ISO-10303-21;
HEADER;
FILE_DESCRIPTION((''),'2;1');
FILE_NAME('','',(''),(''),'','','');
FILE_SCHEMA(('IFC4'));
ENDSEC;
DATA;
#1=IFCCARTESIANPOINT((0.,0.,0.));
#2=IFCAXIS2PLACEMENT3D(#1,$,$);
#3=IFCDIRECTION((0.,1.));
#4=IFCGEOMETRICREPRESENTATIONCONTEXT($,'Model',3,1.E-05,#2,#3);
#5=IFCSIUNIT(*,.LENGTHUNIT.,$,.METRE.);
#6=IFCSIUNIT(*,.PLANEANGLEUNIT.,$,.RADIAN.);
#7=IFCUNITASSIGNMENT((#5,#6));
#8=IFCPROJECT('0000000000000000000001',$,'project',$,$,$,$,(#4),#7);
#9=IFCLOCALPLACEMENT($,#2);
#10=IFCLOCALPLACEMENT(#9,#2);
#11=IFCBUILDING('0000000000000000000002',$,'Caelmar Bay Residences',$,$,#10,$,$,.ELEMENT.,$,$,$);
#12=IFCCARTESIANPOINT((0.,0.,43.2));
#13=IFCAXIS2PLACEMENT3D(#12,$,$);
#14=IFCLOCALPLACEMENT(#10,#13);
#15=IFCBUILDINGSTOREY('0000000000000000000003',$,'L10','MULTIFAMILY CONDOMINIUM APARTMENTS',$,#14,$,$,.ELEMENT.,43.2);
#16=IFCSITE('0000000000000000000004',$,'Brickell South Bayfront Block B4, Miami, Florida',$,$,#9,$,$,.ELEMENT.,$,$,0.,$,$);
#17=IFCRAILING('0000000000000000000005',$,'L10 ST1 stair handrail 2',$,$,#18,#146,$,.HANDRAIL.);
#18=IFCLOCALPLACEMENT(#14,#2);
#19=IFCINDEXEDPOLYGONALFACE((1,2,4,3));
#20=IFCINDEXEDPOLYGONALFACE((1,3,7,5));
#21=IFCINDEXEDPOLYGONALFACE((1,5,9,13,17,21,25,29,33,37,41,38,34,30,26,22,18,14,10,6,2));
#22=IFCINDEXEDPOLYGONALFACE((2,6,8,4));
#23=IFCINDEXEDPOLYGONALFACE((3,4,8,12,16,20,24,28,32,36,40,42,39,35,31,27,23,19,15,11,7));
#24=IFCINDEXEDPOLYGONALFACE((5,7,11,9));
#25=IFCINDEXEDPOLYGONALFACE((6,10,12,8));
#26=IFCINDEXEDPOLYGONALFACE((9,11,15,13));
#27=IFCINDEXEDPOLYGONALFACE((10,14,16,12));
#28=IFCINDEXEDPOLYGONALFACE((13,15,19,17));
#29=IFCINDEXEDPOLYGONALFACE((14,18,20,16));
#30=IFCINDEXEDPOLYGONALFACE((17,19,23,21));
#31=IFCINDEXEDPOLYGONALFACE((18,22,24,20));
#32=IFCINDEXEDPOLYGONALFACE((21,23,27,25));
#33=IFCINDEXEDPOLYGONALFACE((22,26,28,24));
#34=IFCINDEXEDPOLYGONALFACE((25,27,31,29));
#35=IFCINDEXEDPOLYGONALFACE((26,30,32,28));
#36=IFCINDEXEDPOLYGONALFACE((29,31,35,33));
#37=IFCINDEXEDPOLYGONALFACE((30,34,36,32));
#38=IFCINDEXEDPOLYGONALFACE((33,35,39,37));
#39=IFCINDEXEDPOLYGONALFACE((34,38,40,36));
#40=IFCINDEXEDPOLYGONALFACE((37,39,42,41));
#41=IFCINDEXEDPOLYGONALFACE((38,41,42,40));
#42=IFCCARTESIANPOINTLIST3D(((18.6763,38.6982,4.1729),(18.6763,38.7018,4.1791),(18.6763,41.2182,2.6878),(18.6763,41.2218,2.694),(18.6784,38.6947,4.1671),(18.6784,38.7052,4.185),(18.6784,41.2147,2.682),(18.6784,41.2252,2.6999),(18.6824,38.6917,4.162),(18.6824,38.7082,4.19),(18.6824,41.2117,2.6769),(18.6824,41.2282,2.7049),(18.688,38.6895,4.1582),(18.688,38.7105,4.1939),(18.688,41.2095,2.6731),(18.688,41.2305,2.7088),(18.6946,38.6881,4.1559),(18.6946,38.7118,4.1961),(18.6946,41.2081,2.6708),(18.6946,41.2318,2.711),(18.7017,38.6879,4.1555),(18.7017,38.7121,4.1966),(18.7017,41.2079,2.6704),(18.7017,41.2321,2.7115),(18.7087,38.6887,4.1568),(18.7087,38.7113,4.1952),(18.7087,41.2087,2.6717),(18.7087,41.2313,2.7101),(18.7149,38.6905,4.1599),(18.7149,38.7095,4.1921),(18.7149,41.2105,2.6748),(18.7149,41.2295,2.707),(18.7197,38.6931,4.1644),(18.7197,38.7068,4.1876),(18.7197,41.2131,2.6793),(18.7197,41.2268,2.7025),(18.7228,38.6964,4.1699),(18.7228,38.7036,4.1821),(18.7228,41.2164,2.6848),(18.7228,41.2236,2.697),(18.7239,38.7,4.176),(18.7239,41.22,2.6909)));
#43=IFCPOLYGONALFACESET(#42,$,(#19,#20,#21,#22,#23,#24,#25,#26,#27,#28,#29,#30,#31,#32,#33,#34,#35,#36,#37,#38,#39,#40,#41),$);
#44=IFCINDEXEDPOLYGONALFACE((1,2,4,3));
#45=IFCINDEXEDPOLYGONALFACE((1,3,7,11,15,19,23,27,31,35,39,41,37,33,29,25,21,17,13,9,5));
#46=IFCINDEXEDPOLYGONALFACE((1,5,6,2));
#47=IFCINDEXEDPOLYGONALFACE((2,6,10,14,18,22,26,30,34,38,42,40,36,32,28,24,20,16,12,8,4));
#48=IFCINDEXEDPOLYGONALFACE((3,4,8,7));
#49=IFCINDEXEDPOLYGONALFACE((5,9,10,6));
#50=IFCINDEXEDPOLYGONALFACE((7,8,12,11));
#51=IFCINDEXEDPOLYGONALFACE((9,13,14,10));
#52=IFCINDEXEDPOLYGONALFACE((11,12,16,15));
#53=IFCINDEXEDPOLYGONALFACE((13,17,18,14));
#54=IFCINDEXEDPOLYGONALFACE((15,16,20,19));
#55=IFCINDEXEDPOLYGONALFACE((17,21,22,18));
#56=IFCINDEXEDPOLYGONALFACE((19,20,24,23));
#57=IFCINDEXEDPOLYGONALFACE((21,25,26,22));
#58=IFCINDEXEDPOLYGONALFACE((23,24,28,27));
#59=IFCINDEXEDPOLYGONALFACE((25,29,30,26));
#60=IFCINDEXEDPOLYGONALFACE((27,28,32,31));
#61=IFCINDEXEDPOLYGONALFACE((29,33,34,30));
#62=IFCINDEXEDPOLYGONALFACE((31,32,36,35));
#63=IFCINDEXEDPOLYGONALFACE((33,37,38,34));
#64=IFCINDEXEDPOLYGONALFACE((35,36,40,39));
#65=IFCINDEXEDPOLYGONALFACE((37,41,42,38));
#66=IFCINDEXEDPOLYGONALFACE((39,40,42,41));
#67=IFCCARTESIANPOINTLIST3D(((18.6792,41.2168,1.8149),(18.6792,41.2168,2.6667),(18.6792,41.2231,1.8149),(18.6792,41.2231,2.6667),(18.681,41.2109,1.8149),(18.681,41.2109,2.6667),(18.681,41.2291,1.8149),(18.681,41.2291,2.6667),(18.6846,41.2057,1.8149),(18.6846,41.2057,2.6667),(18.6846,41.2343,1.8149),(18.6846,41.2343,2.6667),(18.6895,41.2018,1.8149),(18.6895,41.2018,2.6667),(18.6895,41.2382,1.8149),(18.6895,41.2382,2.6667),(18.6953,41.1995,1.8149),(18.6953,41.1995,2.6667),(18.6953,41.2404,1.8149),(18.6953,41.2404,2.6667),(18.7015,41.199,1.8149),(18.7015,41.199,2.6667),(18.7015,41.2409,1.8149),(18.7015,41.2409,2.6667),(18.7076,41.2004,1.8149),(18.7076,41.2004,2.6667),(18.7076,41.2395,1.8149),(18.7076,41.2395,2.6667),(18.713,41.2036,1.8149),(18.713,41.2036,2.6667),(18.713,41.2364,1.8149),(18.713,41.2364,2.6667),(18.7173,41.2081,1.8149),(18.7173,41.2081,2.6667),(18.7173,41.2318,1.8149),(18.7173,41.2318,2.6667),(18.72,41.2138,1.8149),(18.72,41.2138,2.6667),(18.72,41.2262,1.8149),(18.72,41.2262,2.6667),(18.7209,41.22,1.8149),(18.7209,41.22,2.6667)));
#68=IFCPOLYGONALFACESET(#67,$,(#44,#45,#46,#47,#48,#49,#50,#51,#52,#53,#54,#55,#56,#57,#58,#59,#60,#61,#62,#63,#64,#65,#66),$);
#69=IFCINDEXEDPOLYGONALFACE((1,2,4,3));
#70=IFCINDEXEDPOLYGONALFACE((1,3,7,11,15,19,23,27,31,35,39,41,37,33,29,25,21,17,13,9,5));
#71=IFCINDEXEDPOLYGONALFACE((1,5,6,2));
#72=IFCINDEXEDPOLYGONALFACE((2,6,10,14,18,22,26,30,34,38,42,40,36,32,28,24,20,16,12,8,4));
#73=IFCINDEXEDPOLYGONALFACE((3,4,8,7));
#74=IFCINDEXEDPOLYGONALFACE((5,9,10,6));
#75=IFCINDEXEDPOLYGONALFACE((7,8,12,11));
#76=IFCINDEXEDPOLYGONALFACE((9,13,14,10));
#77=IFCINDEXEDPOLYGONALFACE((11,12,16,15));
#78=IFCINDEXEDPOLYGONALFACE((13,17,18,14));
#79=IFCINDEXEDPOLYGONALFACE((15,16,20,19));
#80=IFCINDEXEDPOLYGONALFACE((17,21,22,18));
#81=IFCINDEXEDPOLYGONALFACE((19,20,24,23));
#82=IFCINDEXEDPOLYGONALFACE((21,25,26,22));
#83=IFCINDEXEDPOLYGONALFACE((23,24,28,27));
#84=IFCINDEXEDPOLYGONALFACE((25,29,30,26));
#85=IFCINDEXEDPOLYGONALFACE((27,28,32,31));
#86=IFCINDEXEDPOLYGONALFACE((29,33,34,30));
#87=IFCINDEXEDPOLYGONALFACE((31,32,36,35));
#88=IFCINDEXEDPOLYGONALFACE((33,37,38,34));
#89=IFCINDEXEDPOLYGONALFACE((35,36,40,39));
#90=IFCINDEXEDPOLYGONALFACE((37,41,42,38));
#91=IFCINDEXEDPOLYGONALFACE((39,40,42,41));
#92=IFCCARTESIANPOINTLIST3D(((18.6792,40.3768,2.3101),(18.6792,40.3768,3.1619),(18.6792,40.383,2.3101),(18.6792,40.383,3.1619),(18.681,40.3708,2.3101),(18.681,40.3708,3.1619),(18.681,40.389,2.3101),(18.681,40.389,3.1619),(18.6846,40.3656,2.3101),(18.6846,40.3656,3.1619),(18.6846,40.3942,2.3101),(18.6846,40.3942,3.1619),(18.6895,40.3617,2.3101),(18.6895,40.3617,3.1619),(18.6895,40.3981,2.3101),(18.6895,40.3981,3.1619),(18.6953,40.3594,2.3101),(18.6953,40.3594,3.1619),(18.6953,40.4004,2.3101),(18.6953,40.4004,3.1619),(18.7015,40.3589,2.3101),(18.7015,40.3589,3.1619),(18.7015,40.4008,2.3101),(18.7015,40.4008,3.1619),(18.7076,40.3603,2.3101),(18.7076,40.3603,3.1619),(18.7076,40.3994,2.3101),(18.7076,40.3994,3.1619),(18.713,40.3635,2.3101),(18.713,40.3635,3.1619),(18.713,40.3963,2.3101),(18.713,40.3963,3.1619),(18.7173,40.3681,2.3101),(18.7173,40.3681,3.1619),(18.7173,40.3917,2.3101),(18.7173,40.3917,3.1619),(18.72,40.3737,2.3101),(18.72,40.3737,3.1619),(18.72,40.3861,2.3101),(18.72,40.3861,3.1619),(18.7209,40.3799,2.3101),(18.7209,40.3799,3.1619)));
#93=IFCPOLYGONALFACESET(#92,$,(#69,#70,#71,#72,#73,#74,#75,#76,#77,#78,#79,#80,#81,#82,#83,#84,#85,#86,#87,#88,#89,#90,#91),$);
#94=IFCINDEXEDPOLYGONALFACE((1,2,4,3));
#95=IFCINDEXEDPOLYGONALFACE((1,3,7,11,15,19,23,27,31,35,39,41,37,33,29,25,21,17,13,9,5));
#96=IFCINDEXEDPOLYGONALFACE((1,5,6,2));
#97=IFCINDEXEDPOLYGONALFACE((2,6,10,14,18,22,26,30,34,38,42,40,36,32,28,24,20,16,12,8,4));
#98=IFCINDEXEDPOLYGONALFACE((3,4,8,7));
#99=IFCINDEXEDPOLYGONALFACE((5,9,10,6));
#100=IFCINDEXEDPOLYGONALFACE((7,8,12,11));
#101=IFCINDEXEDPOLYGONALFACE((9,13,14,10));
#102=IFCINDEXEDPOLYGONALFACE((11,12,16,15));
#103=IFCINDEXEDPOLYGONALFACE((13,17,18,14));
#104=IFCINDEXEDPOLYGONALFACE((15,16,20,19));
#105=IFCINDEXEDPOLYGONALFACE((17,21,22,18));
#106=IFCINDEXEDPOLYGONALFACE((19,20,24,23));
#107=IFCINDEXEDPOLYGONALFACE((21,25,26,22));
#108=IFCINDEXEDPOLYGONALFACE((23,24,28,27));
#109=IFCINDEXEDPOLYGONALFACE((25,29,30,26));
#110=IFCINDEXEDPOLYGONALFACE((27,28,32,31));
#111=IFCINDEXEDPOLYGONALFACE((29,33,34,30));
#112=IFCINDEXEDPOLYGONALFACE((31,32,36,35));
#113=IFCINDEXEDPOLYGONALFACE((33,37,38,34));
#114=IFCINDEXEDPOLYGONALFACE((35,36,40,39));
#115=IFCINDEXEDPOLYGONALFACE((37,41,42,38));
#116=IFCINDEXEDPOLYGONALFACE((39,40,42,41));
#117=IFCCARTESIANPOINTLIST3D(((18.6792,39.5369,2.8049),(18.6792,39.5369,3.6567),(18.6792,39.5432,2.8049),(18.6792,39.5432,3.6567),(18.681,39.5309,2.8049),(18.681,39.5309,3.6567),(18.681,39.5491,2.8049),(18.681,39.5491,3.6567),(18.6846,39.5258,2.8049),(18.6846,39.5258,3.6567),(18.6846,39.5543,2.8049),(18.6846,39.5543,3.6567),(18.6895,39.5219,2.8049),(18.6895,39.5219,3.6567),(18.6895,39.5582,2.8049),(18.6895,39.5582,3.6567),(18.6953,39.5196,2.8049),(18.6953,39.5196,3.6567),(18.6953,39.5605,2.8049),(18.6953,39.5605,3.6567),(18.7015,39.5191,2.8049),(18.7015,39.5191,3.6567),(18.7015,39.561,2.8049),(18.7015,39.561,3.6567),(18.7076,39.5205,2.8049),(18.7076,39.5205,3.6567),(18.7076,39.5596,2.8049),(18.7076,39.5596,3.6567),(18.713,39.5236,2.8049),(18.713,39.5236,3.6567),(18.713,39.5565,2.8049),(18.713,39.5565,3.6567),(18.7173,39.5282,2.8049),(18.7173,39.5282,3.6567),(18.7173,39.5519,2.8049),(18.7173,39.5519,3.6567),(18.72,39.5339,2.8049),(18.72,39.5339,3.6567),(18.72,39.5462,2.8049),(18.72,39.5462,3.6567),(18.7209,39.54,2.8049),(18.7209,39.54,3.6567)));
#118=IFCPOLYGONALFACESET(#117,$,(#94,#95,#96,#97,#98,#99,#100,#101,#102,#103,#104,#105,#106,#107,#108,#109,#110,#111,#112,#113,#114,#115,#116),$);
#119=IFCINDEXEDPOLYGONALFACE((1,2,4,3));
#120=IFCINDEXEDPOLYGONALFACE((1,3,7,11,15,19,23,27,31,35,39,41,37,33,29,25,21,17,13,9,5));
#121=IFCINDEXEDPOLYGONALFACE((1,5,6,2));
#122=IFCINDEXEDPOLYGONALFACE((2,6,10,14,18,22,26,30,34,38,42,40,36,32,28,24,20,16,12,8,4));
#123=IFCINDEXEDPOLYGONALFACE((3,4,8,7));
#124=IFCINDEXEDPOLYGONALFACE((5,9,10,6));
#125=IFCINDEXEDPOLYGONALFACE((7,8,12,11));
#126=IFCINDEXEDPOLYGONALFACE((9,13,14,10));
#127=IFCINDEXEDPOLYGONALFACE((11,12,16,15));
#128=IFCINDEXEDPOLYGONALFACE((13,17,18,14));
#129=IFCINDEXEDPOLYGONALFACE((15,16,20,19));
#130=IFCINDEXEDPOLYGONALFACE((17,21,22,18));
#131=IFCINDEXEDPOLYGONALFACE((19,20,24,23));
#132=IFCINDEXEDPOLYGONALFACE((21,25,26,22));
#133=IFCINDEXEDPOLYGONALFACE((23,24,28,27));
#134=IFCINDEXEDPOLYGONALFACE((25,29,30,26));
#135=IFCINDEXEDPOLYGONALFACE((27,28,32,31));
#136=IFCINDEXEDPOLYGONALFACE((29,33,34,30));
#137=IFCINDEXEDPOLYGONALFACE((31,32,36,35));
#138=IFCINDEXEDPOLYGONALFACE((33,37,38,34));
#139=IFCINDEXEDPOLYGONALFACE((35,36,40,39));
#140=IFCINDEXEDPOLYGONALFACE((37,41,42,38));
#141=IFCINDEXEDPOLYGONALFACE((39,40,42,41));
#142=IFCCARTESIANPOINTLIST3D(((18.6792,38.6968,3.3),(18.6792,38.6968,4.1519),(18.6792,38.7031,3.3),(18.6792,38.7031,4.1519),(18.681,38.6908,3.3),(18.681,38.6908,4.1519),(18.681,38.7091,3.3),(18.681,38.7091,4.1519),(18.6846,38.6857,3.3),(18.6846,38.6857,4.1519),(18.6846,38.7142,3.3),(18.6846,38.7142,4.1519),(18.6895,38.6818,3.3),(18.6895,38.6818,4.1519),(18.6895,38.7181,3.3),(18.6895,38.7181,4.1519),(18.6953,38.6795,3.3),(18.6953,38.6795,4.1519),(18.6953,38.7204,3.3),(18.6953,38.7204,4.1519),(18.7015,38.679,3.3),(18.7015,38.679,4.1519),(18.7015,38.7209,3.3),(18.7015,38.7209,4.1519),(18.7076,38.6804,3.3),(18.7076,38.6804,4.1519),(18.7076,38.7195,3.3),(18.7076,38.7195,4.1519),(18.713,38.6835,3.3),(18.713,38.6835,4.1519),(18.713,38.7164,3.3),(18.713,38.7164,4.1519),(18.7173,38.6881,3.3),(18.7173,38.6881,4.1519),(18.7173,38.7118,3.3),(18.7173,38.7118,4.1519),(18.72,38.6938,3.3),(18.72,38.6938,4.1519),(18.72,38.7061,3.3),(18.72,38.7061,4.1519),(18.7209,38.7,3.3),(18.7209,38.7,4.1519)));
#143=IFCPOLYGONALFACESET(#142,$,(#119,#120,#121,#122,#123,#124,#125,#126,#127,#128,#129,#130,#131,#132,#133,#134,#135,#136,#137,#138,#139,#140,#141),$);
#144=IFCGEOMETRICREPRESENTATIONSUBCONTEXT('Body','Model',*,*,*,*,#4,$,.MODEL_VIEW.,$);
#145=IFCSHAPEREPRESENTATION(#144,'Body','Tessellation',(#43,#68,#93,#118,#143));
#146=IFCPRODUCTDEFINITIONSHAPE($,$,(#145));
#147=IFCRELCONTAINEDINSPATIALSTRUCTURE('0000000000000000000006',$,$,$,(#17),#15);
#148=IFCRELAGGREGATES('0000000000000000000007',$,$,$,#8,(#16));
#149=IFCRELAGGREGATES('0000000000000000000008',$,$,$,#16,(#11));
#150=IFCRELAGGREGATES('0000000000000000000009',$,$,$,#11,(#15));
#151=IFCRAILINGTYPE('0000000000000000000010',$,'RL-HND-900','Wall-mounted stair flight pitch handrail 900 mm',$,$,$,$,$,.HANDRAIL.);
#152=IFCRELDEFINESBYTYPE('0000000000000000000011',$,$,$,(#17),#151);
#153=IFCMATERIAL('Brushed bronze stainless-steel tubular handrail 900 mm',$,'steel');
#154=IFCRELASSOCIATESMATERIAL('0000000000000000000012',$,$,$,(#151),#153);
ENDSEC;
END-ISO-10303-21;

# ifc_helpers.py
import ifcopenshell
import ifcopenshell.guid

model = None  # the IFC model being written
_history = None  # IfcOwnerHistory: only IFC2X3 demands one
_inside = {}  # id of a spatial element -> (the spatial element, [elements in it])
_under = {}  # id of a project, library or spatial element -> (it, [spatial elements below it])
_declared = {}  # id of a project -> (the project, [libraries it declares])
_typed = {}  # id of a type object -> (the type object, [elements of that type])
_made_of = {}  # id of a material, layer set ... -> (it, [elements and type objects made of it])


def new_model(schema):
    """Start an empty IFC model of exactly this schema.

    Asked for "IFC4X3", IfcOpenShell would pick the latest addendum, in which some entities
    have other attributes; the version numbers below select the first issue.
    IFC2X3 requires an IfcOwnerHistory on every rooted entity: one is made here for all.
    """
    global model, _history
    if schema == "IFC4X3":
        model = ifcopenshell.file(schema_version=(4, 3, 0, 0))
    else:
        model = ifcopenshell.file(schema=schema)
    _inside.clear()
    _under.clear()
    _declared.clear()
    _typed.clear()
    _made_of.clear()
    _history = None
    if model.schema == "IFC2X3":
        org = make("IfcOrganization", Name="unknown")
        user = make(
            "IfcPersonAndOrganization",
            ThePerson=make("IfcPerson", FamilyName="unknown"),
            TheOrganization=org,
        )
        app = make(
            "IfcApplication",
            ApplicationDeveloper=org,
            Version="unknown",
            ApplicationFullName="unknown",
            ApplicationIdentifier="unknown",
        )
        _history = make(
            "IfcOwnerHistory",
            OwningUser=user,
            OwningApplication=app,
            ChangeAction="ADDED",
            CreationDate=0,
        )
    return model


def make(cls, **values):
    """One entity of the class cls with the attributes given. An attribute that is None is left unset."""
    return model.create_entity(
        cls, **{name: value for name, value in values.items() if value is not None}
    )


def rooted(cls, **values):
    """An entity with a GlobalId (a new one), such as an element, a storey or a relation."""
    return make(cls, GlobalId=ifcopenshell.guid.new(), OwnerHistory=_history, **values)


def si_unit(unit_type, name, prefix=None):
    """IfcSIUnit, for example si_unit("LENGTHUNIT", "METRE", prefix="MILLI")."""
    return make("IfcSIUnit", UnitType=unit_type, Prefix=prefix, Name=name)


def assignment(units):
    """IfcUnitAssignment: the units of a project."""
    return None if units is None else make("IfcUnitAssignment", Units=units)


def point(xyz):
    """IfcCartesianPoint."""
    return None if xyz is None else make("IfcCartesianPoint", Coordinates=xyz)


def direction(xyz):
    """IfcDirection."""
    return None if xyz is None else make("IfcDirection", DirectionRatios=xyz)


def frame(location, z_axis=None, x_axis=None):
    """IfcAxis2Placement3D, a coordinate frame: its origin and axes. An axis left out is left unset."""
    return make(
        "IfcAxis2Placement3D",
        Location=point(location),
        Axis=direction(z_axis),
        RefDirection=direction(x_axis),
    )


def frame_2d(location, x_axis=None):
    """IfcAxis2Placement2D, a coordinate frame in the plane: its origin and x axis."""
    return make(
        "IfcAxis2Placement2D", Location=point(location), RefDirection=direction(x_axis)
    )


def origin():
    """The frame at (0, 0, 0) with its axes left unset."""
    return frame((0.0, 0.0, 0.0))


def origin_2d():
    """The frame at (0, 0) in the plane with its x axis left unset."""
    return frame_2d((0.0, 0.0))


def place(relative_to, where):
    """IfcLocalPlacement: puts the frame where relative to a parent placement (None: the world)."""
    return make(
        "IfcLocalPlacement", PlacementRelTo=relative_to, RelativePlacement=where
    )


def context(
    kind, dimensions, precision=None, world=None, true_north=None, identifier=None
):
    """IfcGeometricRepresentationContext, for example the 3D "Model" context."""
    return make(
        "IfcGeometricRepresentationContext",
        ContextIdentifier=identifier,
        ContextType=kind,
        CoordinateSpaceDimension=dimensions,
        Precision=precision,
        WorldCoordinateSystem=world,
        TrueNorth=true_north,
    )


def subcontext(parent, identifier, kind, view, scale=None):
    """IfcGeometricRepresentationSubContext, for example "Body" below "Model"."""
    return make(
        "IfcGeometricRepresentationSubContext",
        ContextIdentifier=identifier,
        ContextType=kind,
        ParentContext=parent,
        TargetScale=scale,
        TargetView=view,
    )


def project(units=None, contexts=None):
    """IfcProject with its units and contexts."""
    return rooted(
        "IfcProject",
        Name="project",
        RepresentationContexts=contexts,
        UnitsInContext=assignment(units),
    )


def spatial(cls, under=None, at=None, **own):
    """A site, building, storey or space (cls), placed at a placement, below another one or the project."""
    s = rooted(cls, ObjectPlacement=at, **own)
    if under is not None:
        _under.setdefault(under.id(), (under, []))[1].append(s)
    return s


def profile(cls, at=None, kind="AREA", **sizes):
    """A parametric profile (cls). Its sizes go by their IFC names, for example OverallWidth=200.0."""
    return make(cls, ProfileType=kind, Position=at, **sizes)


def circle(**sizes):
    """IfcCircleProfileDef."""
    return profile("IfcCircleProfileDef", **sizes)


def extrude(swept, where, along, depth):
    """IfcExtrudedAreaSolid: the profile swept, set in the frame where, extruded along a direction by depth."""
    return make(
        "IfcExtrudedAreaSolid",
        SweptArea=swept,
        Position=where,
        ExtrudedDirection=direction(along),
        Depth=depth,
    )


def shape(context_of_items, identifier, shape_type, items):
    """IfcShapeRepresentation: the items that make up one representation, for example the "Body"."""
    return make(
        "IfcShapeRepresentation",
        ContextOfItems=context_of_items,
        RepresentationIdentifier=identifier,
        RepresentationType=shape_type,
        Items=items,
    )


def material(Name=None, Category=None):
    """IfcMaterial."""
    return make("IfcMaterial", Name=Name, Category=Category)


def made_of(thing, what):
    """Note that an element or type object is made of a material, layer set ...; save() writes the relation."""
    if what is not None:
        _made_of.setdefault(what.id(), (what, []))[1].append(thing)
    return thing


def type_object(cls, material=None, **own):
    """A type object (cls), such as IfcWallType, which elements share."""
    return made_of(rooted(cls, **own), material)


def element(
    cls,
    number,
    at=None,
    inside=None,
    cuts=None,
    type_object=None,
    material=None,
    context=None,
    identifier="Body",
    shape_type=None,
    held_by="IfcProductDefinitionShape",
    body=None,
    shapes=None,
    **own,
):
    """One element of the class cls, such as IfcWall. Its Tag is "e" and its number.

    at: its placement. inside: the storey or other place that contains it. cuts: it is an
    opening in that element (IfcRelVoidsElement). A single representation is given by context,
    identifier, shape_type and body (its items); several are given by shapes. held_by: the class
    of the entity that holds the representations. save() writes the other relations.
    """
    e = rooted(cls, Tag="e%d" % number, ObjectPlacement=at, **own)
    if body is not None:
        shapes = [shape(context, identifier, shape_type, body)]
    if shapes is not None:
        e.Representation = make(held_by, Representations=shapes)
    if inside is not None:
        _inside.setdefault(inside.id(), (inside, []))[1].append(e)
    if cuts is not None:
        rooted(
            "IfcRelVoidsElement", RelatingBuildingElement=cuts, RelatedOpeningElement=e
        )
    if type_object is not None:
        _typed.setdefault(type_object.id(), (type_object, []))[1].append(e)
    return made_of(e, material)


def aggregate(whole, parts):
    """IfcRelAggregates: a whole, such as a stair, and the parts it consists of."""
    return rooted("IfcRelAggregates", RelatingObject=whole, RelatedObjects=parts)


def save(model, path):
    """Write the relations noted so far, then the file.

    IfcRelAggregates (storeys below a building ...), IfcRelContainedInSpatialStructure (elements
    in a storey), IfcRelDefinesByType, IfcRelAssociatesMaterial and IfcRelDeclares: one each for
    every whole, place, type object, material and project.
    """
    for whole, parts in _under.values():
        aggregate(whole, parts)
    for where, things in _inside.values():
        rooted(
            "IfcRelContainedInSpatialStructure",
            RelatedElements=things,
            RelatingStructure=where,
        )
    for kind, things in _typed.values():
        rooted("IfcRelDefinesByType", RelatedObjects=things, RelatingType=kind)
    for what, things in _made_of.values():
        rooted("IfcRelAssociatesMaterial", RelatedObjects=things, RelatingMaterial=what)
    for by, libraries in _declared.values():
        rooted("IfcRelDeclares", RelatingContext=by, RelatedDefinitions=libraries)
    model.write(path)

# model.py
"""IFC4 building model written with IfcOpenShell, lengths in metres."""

from ifc_helpers import new_model, si_unit, direction, frame, origin, origin_2d, place, context, subcontext, project, spatial, circle, extrude, material, type_object, element, save


model = new_model("IFC4")

# Units and contexts
model_context = context("Model", 3, precision=1e-05, world=origin(), true_north=direction((0.0, 1.0)))
body_context = subcontext(model_context, "Body", "Model", "MODEL_VIEW")
ifc_project = project(units=[si_unit("LENGTHUNIT", "METRE"), si_unit("PLANEANGLEUNIT", "RADIAN")], contexts=[model_context])

# Site, building, storey
site_placement = place(None, origin())
site = spatial("IfcSite", under=ifc_project, at=site_placement, Name="Brickell South Bayfront Block B4, Miami, Florida", CompositionType="ELEMENT", RefElevation=0.0)
building_placement = place(site_placement, origin())
building = spatial("IfcBuilding", under=site, at=building_placement, Name="Caelmar Bay Residences", CompositionType="ELEMENT")
storey_placement = place(building_placement, frame((0.0, 0.0, 43.2)))
storey = spatial("IfcBuildingStorey", under=building, at=storey_placement, Name="L10", Description="MULTIFAMILY CONDOMINIUM APARTMENTS", CompositionType="ELEMENT", Elevation=43.2)

# Railing
ifc_material_1 = material(Name="Brushed bronze stainless-steel tubular handrail 900 mm", Category="steel")
railing_type_1 = type_object("IfcRailingType", Name="RL-HND-900", Description="Wall-mounted stair flight pitch handrail 900 mm", PredefinedType="HANDRAIL", material=ifc_material_1)
railing_1_placement = place(storey_placement, frame((18.7, 41.22, 1.8149)))
element("IfcRailing", 1, at=railing_1_placement, inside=storey, type_object=railing_type_1, Name="L10 ST1 stair handrail 2", PredefinedType="HANDRAIL", context=body_context, shape_type="SweptSolid", body=[
    extrude(circle(Radius=0.0239, at=origin_2d()), frame((0.0, 0.0, 0.876), z_axis=(0.0, -0.861524, 0.507717), x_axis=(1.0, 0.0, 0.0)), (0.0, 0.0, 1.0), 2.925),
    extrude(circle(Radius=0.021, at=origin_2d()), origin(), (0.0, 0.0, 1.0), 0.8518),
    extrude(circle(Radius=0.021, at=origin_2d()), frame((0.0, -0.8401, 0.4951)), (0.0, 0.0, 1.0), 0.8518),
    extrude(circle(Radius=0.021, at=origin_2d()), frame((0.0, -1.6799, 0.99)), (0.0, 0.0, 1.0), 0.8518),
    extrude(circle(Radius=0.021, at=origin_2d()), frame((0.0, -2.52, 1.4851)), (0.0, 0.0, 1.0), 0.8518),
])

save(model, "model.ifc")
